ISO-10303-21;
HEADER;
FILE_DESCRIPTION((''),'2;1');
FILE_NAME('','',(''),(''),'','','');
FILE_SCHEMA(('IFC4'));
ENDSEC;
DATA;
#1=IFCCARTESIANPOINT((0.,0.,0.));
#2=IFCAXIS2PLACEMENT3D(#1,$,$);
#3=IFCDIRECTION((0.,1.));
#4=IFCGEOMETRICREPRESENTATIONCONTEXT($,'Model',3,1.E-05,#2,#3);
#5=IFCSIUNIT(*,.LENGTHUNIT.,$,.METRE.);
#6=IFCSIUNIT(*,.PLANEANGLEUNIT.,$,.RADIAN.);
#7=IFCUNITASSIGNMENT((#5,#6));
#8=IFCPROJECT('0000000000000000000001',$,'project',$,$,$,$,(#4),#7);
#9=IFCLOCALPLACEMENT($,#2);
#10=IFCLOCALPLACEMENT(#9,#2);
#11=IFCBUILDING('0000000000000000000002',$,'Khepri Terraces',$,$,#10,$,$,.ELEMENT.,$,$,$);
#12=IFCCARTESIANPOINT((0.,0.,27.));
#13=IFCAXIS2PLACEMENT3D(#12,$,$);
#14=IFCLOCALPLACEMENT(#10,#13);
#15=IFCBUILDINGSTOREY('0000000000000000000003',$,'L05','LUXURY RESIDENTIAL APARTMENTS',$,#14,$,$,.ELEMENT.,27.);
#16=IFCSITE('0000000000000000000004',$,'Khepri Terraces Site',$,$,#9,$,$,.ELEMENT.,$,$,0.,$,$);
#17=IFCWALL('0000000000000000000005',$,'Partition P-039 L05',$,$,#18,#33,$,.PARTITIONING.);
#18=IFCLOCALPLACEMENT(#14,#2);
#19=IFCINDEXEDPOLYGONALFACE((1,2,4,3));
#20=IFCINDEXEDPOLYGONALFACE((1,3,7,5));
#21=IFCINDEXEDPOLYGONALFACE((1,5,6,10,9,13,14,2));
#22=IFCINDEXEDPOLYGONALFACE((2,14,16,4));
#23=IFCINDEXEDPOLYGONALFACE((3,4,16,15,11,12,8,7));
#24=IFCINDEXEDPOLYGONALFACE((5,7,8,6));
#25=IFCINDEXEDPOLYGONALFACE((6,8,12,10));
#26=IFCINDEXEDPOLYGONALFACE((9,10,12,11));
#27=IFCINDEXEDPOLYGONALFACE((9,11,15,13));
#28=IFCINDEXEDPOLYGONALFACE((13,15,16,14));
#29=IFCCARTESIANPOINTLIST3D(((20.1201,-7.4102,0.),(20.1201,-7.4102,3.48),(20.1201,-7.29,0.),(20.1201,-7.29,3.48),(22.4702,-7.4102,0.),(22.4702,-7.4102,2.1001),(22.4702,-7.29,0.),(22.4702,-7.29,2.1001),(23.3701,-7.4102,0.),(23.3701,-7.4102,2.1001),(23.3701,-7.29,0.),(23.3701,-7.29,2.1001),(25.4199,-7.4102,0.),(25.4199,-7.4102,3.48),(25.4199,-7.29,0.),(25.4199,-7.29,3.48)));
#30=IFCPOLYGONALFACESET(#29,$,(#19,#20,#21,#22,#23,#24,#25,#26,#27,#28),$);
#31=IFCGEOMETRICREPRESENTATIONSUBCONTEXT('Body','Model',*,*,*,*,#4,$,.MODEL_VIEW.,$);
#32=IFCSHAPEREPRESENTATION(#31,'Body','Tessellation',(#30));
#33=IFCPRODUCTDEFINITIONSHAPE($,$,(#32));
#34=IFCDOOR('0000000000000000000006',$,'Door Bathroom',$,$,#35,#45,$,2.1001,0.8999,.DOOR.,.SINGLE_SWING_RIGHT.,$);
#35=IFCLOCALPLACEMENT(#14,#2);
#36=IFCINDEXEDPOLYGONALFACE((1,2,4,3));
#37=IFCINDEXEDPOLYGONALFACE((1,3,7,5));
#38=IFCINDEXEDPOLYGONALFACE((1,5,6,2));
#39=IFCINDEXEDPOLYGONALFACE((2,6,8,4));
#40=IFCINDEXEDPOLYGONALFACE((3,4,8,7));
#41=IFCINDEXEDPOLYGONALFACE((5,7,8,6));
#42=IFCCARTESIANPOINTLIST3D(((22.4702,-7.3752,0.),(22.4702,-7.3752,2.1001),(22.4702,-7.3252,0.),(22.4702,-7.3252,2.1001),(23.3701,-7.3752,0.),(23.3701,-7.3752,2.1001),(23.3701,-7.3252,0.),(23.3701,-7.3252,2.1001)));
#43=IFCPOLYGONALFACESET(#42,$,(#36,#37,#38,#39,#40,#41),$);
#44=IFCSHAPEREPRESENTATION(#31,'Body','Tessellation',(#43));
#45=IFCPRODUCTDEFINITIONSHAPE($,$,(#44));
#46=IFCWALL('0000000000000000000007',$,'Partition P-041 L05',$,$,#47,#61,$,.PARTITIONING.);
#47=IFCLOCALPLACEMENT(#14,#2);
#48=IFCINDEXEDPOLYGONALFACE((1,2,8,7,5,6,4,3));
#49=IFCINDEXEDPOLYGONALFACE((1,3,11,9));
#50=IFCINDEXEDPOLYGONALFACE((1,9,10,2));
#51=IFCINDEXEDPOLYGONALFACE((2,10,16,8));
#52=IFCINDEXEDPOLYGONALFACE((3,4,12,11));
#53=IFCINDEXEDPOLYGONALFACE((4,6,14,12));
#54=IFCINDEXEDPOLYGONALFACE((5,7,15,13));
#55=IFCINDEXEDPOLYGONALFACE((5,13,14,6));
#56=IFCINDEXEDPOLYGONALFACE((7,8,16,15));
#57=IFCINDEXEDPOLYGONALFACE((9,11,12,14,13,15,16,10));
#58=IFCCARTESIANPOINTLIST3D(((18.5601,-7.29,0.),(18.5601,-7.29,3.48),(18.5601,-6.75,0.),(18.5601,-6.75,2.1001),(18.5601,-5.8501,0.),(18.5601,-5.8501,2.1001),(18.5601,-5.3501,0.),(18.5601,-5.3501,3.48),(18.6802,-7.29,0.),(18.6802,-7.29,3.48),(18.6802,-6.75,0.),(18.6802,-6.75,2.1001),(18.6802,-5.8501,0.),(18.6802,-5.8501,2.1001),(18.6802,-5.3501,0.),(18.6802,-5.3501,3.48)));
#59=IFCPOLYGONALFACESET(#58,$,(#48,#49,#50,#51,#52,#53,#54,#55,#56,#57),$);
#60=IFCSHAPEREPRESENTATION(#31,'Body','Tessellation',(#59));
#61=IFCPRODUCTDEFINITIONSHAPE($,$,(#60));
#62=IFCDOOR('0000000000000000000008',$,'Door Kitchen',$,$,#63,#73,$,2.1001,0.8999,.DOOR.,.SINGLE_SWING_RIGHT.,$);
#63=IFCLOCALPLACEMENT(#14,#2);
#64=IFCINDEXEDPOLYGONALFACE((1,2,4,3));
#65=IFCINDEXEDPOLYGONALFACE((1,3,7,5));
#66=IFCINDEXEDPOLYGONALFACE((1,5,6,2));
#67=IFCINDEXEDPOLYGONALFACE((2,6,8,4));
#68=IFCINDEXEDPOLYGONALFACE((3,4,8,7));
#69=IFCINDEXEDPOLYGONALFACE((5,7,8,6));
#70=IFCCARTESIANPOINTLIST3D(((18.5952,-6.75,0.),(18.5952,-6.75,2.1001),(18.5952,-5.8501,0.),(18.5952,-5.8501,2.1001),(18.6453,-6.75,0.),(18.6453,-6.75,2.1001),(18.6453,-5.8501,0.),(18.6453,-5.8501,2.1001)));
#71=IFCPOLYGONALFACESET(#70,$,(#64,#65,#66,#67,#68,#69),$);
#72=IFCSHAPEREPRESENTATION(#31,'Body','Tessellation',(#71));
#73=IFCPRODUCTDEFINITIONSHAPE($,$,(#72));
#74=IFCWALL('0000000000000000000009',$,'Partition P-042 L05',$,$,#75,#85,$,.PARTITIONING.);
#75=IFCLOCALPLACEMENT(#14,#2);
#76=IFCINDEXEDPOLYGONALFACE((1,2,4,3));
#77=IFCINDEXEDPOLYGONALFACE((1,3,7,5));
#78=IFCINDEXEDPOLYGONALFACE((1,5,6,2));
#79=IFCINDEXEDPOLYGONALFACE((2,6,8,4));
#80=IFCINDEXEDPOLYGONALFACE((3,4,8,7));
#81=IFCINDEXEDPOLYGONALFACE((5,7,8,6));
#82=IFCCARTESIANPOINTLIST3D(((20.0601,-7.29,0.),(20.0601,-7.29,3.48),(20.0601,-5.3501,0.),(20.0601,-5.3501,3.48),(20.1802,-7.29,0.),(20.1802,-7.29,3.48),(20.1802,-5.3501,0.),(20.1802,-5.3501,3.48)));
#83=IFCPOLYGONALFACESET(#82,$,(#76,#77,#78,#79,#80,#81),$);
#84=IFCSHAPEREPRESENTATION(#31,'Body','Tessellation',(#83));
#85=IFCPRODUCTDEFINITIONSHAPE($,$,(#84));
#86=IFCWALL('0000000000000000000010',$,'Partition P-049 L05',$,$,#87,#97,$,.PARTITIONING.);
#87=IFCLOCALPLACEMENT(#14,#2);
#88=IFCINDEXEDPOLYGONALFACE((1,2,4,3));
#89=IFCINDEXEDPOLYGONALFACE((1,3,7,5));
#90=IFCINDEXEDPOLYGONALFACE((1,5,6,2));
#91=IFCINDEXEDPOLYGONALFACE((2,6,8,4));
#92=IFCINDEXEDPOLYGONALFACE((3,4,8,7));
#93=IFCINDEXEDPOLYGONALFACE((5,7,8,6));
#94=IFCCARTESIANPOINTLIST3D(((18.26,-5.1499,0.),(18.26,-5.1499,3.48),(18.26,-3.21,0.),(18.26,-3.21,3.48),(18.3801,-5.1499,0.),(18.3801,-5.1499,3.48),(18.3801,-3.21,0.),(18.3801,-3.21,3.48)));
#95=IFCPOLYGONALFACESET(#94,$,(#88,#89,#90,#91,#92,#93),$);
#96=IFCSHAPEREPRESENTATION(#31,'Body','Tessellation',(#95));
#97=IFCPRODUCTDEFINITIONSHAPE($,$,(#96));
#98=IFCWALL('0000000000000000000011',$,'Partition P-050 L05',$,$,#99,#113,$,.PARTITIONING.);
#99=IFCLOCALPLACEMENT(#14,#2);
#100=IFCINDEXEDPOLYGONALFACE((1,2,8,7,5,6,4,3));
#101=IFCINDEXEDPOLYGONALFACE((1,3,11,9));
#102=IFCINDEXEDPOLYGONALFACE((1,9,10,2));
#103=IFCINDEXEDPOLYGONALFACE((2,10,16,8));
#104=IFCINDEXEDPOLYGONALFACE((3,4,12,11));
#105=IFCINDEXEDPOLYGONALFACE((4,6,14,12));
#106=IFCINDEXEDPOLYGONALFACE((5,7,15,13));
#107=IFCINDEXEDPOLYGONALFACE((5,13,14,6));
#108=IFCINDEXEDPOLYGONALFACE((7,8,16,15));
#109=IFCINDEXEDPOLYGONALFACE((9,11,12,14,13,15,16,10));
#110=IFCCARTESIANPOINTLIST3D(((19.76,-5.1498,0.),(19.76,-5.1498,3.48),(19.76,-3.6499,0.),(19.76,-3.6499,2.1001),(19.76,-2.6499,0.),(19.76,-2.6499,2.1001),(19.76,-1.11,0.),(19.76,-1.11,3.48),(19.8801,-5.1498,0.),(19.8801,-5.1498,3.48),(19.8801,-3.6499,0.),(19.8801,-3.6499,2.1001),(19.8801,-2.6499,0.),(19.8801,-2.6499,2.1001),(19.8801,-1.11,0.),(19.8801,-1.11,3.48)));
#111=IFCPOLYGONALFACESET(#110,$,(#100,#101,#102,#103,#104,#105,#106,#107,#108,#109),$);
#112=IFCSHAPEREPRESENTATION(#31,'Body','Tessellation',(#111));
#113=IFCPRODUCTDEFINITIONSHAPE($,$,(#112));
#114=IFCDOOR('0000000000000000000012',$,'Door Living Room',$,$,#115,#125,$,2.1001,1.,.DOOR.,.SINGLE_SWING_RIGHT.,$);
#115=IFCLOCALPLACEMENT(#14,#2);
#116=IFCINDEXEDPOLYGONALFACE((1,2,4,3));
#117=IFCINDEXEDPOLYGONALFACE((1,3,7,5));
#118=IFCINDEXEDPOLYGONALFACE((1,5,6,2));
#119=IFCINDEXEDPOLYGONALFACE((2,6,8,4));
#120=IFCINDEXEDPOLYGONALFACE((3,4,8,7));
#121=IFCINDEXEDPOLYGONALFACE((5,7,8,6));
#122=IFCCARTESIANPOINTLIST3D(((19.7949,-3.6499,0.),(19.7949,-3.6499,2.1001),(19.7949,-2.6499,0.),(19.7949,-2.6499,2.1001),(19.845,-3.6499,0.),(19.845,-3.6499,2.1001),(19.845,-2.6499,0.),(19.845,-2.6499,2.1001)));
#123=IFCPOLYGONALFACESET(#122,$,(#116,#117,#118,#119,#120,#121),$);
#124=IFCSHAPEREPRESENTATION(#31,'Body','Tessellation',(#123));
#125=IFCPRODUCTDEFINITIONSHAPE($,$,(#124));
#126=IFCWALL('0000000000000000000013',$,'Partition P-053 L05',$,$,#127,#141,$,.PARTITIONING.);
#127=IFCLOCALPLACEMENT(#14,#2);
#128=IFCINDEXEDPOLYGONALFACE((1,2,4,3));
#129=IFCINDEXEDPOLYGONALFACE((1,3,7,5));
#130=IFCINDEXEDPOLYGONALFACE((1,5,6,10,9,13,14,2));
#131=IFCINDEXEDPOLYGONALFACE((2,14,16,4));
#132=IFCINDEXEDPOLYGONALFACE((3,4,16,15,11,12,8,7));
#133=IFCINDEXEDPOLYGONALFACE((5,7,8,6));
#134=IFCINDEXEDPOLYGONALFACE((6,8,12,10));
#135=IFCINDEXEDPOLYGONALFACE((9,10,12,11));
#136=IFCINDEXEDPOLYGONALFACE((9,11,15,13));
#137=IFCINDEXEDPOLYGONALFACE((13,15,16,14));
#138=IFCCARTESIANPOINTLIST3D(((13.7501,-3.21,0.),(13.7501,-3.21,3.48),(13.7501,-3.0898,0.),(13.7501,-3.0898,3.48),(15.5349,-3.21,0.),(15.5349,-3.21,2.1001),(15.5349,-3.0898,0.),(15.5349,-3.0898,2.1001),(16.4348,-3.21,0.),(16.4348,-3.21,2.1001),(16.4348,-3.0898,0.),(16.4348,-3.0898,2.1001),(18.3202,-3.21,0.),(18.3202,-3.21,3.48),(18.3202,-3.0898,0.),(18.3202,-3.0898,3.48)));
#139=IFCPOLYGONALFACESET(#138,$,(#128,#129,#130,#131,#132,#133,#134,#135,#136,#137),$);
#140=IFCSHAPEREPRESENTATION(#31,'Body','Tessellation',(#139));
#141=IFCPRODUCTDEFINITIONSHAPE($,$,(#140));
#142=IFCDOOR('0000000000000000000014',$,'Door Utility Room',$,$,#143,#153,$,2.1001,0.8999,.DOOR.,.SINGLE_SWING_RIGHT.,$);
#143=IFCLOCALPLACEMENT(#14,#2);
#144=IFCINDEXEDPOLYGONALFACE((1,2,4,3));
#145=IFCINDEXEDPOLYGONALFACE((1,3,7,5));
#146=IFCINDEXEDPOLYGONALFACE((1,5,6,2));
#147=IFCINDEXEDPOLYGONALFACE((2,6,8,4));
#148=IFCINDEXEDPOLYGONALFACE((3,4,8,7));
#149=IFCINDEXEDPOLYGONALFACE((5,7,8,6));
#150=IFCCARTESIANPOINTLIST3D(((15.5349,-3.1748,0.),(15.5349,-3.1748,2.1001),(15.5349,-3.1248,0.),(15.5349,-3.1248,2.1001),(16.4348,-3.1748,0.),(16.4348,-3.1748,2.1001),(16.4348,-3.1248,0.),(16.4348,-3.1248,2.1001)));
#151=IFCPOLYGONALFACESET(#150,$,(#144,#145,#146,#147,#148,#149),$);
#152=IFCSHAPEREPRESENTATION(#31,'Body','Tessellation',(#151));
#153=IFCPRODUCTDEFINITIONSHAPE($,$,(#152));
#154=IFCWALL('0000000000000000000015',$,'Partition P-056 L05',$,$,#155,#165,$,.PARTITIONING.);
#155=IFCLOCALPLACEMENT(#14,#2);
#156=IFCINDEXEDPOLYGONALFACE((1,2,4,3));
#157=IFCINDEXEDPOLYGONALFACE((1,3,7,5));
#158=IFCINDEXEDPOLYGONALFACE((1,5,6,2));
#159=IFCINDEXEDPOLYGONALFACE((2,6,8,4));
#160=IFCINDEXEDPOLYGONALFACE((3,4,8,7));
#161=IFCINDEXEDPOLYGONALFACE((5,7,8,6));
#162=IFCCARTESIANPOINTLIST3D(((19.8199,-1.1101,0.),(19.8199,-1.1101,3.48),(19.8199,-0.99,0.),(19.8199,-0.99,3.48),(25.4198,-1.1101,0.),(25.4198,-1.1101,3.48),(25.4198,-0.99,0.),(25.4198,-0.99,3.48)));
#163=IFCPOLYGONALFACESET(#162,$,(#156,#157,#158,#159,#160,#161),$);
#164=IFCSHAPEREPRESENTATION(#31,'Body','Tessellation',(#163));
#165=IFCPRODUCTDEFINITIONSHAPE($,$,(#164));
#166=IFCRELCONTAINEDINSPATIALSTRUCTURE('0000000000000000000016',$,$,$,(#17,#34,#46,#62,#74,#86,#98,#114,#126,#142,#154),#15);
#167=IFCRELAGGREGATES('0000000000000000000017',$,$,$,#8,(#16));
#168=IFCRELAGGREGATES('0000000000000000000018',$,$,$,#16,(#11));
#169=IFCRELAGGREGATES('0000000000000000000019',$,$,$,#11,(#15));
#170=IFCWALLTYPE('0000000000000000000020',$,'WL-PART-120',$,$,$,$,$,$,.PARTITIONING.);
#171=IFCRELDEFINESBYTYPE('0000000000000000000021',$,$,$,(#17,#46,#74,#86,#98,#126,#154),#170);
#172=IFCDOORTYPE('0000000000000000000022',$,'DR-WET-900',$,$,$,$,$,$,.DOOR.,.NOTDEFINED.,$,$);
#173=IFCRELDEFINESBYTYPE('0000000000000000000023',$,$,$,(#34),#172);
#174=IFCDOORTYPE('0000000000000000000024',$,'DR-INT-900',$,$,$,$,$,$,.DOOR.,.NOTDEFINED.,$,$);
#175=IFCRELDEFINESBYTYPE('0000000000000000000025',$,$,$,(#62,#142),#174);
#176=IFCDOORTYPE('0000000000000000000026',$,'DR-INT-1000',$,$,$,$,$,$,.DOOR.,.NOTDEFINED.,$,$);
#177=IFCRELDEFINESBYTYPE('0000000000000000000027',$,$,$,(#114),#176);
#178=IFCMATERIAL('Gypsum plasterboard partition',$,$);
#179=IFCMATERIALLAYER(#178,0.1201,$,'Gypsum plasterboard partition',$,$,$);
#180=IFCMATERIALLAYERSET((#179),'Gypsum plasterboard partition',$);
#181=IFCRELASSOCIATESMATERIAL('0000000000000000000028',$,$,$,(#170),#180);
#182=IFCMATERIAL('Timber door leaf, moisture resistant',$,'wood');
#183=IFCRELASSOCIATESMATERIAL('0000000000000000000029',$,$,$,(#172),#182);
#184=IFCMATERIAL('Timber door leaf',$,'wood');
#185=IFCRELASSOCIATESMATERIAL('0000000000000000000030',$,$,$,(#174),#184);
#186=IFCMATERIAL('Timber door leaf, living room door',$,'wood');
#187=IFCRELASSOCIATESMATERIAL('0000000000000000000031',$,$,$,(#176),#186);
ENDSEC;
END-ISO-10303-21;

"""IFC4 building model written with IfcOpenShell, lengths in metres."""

from ifc_helpers import new_model, si_unit, direction, frame, frame_2d, origin, place, context, subcontext, project, spatial, rectangle, extrude, material, layer, layer_set, type_object, element, fill, save


model = new_model("IFC4")

# Units and contexts
model_context = context("Model", 3, precision=1e-05, world=origin(), true_north=direction((0.0, 1.0)))
body_context = subcontext(model_context, "Body", "Model", "MODEL_VIEW")
ifc_project = project(units=[si_unit("LENGTHUNIT", "METRE"), si_unit("PLANEANGLEUNIT", "RADIAN")], contexts=[model_context])

# Site, building, storey
site_placement = place(None, origin())
site = spatial("IfcSite", under=ifc_project, at=site_placement, Name="Khepri Terraces Site", CompositionType="ELEMENT", RefElevation=0.0)
building_placement = place(site_placement, origin())
building = spatial("IfcBuilding", under=site, at=building_placement, Name="Khepri Terraces", CompositionType="ELEMENT")
storey_placement = place(building_placement, frame((0.0, 0.0, 27.0)))
storey = spatial("IfcBuildingStorey", under=building, at=storey_placement, Name="L05", Description="LUXURY RESIDENTIAL APARTMENTS", CompositionType="ELEMENT", Elevation=27.0)

# Shared definitions
ifc_material_1 = material(Name="Gypsum plasterboard partition")
ifc_layer_1 = layer(ifc_material_1, 0.1201, Name="Gypsum plasterboard partition")
ifc_layer_set_1 = layer_set([ifc_layer_1], Name="Gypsum plasterboard partition")
wall_type_1 = type_object("IfcWallType", Name="WL-PART-120", PredefinedType="PARTITIONING", material=ifc_layer_set_1)
ifc_material_2 = material(Name="Timber door leaf, moisture resistant", Category="wood")
door_type_1 = type_object("IfcDoorType", Name="DR-WET-900", OperationType="NOTDEFINED", PredefinedType="DOOR", material=ifc_material_2)
ifc_material_3 = material(Name="Timber door leaf", Category="wood")
door_type_2 = type_object("IfcDoorType", Name="DR-INT-900", OperationType="NOTDEFINED", PredefinedType="DOOR", material=ifc_material_3)

# Walls, openings, doors
wall_1_placement = place(storey_placement, frame((20.1201, -7.3501, 0.0), z_axis=(0.0, 0.0, 1.0), x_axis=(1.0, 0.0, 0.0)))
wall_1 = element("IfcWall", 1, at=wall_1_placement, inside=storey, type_object=wall_type_1, Name="Partition P-039 L05", PredefinedType="PARTITIONING", context=body_context, shape_type="SweptSolid", body=[
    extrude(rectangle(XDim=5.2998, YDim=0.1201, at=frame_2d((2.6499, 0.0))), origin(), (0.0, 0.0, 1.0), 3.48),
])
opening_1_placement = place(wall_1_placement, frame((2.3501, 0.0, 0.0)))
opening_1 = element("IfcOpeningElement", 2, at=opening_1_placement, cuts=wall_1, PredefinedType="OPENING", context=body_context, shape_type="SweptSolid", body=[
    extrude(rectangle(XDim=0.8999, YDim=2.1001, at=frame_2d((0.45, 1.05))), frame((0.0, 0.0701, 0.0), z_axis=(0.0, -1.0, 0.0), x_axis=(1.0, 0.0, 0.0)), (0.0, 0.0, 1.0), 0.1401),
])
door_1_placement = place(opening_1_placement, origin())
door_1 = element("IfcDoor", 3, at=door_1_placement, inside=storey, type_object=door_type_1, Name="Door Bathroom", OperationType="SINGLE_SWING_RIGHT", OverallHeight=2.1001, OverallWidth=0.8999, PredefinedType="DOOR", context=body_context, shape_type="SweptSolid", body=[
    extrude(rectangle(XDim=0.8999, YDim=2.1001, at=frame_2d((0.45, 1.05))), frame((0.0, 0.0249, 0.0), z_axis=(0.0, -1.0, 0.0), x_axis=(1.0, 0.0, 0.0)), (0.0, 0.0, 1.0), 0.05),
])
fill(opening_1, door_1)
wall_2_placement = place(storey_placement, frame((18.6201, -7.29, 0.0), z_axis=(0.0, 0.0, 1.0), x_axis=(0.0, 1.0, 0.0)))
wall_2 = element("IfcWall", 4, at=wall_2_placement, inside=storey, type_object=wall_type_1, Name="Partition P-041 L05", PredefinedType="PARTITIONING", context=body_context, shape_type="SweptSolid", body=[
    extrude(rectangle(XDim=1.9399, YDim=0.1201, at=frame_2d((0.97, 0.0))), origin(), (0.0, 0.0, 1.0), 3.48),
])
opening_2_placement = place(wall_2_placement, frame((0.54, 0.0, 0.0)))
opening_2 = element("IfcOpeningElement", 5, at=opening_2_placement, cuts=wall_2, PredefinedType="OPENING", context=body_context, shape_type="SweptSolid", body=[
    extrude(rectangle(XDim=0.8999, YDim=2.1001, at=frame_2d((0.45, 1.05))), frame((0.0, 0.0701, 0.0), z_axis=(0.0, -1.0, 0.0), x_axis=(1.0, 0.0, 0.0)), (0.0, 0.0, 1.0), 0.1401),
])
door_2_placement = place(opening_2_placement, origin())
door_2 = element("IfcDoor", 6, at=door_2_placement, inside=storey, type_object=door_type_2, Name="Door Kitchen", OperationType="SINGLE_SWING_RIGHT", OverallHeight=2.1001, OverallWidth=0.8999, PredefinedType="DOOR", context=body_context, shape_type="SweptSolid", body=[
    extrude(rectangle(XDim=0.8999, YDim=2.1001, at=frame_2d((0.45, 1.05))), frame((0.0, 0.0249, 0.0), z_axis=(0.0, -1.0, 0.0), x_axis=(1.0, 0.0, 0.0)), (0.0, 0.0, 1.0), 0.05),
])
fill(opening_2, door_2)

# Walls
for number, where, z_axis, x_axis, name in (
    (7, (20.1201, -7.29, 0.0), (0.0, 0.0, 1.0), (0.0, 1.0, 0.0), "Partition P-042 L05"),
    (8, (18.3201, -5.1499, 0.0), (0.0, 0.0, 1.0), (0.0, 1.0, 0.0), "Partition P-049 L05"),
):
    element("IfcWall", number, at=place(storey_placement, frame(where, z_axis=z_axis, x_axis=x_axis)), inside=storey, type_object=wall_type_1, Name=name, PredefinedType="PARTITIONING", context=body_context, shape_type="SweptSolid", body=[
        extrude(rectangle(XDim=1.9399, YDim=0.1201, at=frame_2d((0.97, 0.0))), origin(), (0.0, 0.0, 1.0), 3.48),
    ])

# Walls, openings, doors
wall_3_placement = place(storey_placement, frame((19.8201, -5.1499, 0.0), z_axis=(0.0, 0.0, 1.0), x_axis=(0.0, 1.0, 0.0)))
wall_3 = element("IfcWall", 9, at=wall_3_placement, inside=storey, type_object=wall_type_1, Name="Partition P-050 L05", PredefinedType="PARTITIONING", context=body_context, shape_type="SweptSolid", body=[
    extrude(rectangle(XDim=4.0398, YDim=0.1201, at=frame_2d((2.02, 0.0))), origin(), (0.0, 0.0, 1.0), 3.48),
])
opening_3_placement = place(wall_3_placement, frame((1.5, 0.0, 0.0)))
opening_3 = element("IfcOpeningElement", 10, at=opening_3_placement, cuts=wall_3, PredefinedType="OPENING", context=body_context, shape_type="SweptSolid", body=[
    extrude(rectangle(XDim=1.0, YDim=2.1001, at=frame_2d((0.5, 1.05))), frame((0.0, 0.0701, 0.0), z_axis=(0.0, -1.0, 0.0), x_axis=(1.0, 0.0, 0.0)), (0.0, 0.0, 1.0), 0.1401),
])
ifc_material_4 = material(Name="Timber door leaf, living room door", Category="wood")
door_type_3 = type_object("IfcDoorType", Name="DR-INT-1000", OperationType="NOTDEFINED", PredefinedType="DOOR", material=ifc_material_4)
door_3_placement = place(opening_3_placement, frame((1.0, 0.0, 0.0), z_axis=(0.0, 0.0, 1.0), x_axis=(-1.0, 0.0, 0.0)))
door_3 = element("IfcDoor", 11, at=door_3_placement, inside=storey, type_object=door_type_3, Name="Door Living Room", OperationType="SINGLE_SWING_RIGHT", OverallHeight=2.1001, OverallWidth=1.0, PredefinedType="DOOR", context=body_context, shape_type="SweptSolid", body=[
    extrude(rectangle(XDim=1.0, YDim=2.1001, at=frame_2d((0.5, 1.05))), frame((0.0, 0.0249, 0.0), z_axis=(0.0, -1.0, 0.0), x_axis=(1.0, 0.0, 0.0)), (0.0, 0.0, 1.0), 0.05),
])
fill(opening_3, door_3)
wall_4_placement = place(storey_placement, frame((13.75, -3.1499, 0.0), z_axis=(0.0, 0.0, 1.0), x_axis=(1.0, 0.0, 0.0)))
wall_4 = element("IfcWall", 12, at=wall_4_placement, inside=storey, type_object=wall_type_1, Name="Partition P-053 L05", PredefinedType="PARTITIONING", context=body_context, shape_type="SweptSolid", body=[
    extrude(rectangle(XDim=4.5701, YDim=0.1201, at=frame_2d((2.2852, 0.0))), origin(), (0.0, 0.0, 1.0), 3.48),
])
opening_4_placement = place(wall_4_placement, frame((1.7849, 0.0, 0.0)))
opening_4 = element("IfcOpeningElement", 13, at=opening_4_placement, cuts=wall_4, PredefinedType="OPENING", context=body_context, shape_type="SweptSolid", body=[
    extrude(rectangle(XDim=0.8999, YDim=2.1001, at=frame_2d((0.45, 1.05))), frame((0.0, 0.0701, 0.0), z_axis=(0.0, -1.0, 0.0), x_axis=(1.0, 0.0, 0.0)), (0.0, 0.0, 1.0), 0.1401),
])
door_4_placement = place(opening_4_placement, frame((0.8999, 0.0, 0.0), z_axis=(0.0, 0.0, 1.0), x_axis=(-1.0, 0.0, 0.0)))
door_4 = element("IfcDoor", 14, at=door_4_placement, inside=storey, type_object=door_type_2, Name="Door Utility Room", OperationType="SINGLE_SWING_RIGHT", OverallHeight=2.1001, OverallWidth=0.8999, PredefinedType="DOOR", context=body_context, shape_type="SweptSolid", body=[
    extrude(rectangle(XDim=0.8999, YDim=2.1001, at=frame_2d((0.45, 1.05))), frame((0.0, 0.0249, 0.0), z_axis=(0.0, -1.0, 0.0), x_axis=(1.0, 0.0, 0.0)), (0.0, 0.0, 1.0), 0.05),
])
fill(opening_4, door_4)

# Wall
wall_5_placement = place(storey_placement, frame((19.8201, -1.05, 0.0), z_axis=(0.0, 0.0, 1.0), x_axis=(1.0, 0.0, 0.0)))
element("IfcWall", 15, at=wall_5_placement, inside=storey, type_object=wall_type_1, Name="Partition P-056 L05", PredefinedType="PARTITIONING", context=body_context, shape_type="SweptSolid", body=[
    extrude(rectangle(XDim=5.5999, YDim=0.1201, at=frame_2d((2.7998, 0.0))), origin(), (0.0, 0.0, 1.0), 3.48),
])

save(model, "model.ifc")
